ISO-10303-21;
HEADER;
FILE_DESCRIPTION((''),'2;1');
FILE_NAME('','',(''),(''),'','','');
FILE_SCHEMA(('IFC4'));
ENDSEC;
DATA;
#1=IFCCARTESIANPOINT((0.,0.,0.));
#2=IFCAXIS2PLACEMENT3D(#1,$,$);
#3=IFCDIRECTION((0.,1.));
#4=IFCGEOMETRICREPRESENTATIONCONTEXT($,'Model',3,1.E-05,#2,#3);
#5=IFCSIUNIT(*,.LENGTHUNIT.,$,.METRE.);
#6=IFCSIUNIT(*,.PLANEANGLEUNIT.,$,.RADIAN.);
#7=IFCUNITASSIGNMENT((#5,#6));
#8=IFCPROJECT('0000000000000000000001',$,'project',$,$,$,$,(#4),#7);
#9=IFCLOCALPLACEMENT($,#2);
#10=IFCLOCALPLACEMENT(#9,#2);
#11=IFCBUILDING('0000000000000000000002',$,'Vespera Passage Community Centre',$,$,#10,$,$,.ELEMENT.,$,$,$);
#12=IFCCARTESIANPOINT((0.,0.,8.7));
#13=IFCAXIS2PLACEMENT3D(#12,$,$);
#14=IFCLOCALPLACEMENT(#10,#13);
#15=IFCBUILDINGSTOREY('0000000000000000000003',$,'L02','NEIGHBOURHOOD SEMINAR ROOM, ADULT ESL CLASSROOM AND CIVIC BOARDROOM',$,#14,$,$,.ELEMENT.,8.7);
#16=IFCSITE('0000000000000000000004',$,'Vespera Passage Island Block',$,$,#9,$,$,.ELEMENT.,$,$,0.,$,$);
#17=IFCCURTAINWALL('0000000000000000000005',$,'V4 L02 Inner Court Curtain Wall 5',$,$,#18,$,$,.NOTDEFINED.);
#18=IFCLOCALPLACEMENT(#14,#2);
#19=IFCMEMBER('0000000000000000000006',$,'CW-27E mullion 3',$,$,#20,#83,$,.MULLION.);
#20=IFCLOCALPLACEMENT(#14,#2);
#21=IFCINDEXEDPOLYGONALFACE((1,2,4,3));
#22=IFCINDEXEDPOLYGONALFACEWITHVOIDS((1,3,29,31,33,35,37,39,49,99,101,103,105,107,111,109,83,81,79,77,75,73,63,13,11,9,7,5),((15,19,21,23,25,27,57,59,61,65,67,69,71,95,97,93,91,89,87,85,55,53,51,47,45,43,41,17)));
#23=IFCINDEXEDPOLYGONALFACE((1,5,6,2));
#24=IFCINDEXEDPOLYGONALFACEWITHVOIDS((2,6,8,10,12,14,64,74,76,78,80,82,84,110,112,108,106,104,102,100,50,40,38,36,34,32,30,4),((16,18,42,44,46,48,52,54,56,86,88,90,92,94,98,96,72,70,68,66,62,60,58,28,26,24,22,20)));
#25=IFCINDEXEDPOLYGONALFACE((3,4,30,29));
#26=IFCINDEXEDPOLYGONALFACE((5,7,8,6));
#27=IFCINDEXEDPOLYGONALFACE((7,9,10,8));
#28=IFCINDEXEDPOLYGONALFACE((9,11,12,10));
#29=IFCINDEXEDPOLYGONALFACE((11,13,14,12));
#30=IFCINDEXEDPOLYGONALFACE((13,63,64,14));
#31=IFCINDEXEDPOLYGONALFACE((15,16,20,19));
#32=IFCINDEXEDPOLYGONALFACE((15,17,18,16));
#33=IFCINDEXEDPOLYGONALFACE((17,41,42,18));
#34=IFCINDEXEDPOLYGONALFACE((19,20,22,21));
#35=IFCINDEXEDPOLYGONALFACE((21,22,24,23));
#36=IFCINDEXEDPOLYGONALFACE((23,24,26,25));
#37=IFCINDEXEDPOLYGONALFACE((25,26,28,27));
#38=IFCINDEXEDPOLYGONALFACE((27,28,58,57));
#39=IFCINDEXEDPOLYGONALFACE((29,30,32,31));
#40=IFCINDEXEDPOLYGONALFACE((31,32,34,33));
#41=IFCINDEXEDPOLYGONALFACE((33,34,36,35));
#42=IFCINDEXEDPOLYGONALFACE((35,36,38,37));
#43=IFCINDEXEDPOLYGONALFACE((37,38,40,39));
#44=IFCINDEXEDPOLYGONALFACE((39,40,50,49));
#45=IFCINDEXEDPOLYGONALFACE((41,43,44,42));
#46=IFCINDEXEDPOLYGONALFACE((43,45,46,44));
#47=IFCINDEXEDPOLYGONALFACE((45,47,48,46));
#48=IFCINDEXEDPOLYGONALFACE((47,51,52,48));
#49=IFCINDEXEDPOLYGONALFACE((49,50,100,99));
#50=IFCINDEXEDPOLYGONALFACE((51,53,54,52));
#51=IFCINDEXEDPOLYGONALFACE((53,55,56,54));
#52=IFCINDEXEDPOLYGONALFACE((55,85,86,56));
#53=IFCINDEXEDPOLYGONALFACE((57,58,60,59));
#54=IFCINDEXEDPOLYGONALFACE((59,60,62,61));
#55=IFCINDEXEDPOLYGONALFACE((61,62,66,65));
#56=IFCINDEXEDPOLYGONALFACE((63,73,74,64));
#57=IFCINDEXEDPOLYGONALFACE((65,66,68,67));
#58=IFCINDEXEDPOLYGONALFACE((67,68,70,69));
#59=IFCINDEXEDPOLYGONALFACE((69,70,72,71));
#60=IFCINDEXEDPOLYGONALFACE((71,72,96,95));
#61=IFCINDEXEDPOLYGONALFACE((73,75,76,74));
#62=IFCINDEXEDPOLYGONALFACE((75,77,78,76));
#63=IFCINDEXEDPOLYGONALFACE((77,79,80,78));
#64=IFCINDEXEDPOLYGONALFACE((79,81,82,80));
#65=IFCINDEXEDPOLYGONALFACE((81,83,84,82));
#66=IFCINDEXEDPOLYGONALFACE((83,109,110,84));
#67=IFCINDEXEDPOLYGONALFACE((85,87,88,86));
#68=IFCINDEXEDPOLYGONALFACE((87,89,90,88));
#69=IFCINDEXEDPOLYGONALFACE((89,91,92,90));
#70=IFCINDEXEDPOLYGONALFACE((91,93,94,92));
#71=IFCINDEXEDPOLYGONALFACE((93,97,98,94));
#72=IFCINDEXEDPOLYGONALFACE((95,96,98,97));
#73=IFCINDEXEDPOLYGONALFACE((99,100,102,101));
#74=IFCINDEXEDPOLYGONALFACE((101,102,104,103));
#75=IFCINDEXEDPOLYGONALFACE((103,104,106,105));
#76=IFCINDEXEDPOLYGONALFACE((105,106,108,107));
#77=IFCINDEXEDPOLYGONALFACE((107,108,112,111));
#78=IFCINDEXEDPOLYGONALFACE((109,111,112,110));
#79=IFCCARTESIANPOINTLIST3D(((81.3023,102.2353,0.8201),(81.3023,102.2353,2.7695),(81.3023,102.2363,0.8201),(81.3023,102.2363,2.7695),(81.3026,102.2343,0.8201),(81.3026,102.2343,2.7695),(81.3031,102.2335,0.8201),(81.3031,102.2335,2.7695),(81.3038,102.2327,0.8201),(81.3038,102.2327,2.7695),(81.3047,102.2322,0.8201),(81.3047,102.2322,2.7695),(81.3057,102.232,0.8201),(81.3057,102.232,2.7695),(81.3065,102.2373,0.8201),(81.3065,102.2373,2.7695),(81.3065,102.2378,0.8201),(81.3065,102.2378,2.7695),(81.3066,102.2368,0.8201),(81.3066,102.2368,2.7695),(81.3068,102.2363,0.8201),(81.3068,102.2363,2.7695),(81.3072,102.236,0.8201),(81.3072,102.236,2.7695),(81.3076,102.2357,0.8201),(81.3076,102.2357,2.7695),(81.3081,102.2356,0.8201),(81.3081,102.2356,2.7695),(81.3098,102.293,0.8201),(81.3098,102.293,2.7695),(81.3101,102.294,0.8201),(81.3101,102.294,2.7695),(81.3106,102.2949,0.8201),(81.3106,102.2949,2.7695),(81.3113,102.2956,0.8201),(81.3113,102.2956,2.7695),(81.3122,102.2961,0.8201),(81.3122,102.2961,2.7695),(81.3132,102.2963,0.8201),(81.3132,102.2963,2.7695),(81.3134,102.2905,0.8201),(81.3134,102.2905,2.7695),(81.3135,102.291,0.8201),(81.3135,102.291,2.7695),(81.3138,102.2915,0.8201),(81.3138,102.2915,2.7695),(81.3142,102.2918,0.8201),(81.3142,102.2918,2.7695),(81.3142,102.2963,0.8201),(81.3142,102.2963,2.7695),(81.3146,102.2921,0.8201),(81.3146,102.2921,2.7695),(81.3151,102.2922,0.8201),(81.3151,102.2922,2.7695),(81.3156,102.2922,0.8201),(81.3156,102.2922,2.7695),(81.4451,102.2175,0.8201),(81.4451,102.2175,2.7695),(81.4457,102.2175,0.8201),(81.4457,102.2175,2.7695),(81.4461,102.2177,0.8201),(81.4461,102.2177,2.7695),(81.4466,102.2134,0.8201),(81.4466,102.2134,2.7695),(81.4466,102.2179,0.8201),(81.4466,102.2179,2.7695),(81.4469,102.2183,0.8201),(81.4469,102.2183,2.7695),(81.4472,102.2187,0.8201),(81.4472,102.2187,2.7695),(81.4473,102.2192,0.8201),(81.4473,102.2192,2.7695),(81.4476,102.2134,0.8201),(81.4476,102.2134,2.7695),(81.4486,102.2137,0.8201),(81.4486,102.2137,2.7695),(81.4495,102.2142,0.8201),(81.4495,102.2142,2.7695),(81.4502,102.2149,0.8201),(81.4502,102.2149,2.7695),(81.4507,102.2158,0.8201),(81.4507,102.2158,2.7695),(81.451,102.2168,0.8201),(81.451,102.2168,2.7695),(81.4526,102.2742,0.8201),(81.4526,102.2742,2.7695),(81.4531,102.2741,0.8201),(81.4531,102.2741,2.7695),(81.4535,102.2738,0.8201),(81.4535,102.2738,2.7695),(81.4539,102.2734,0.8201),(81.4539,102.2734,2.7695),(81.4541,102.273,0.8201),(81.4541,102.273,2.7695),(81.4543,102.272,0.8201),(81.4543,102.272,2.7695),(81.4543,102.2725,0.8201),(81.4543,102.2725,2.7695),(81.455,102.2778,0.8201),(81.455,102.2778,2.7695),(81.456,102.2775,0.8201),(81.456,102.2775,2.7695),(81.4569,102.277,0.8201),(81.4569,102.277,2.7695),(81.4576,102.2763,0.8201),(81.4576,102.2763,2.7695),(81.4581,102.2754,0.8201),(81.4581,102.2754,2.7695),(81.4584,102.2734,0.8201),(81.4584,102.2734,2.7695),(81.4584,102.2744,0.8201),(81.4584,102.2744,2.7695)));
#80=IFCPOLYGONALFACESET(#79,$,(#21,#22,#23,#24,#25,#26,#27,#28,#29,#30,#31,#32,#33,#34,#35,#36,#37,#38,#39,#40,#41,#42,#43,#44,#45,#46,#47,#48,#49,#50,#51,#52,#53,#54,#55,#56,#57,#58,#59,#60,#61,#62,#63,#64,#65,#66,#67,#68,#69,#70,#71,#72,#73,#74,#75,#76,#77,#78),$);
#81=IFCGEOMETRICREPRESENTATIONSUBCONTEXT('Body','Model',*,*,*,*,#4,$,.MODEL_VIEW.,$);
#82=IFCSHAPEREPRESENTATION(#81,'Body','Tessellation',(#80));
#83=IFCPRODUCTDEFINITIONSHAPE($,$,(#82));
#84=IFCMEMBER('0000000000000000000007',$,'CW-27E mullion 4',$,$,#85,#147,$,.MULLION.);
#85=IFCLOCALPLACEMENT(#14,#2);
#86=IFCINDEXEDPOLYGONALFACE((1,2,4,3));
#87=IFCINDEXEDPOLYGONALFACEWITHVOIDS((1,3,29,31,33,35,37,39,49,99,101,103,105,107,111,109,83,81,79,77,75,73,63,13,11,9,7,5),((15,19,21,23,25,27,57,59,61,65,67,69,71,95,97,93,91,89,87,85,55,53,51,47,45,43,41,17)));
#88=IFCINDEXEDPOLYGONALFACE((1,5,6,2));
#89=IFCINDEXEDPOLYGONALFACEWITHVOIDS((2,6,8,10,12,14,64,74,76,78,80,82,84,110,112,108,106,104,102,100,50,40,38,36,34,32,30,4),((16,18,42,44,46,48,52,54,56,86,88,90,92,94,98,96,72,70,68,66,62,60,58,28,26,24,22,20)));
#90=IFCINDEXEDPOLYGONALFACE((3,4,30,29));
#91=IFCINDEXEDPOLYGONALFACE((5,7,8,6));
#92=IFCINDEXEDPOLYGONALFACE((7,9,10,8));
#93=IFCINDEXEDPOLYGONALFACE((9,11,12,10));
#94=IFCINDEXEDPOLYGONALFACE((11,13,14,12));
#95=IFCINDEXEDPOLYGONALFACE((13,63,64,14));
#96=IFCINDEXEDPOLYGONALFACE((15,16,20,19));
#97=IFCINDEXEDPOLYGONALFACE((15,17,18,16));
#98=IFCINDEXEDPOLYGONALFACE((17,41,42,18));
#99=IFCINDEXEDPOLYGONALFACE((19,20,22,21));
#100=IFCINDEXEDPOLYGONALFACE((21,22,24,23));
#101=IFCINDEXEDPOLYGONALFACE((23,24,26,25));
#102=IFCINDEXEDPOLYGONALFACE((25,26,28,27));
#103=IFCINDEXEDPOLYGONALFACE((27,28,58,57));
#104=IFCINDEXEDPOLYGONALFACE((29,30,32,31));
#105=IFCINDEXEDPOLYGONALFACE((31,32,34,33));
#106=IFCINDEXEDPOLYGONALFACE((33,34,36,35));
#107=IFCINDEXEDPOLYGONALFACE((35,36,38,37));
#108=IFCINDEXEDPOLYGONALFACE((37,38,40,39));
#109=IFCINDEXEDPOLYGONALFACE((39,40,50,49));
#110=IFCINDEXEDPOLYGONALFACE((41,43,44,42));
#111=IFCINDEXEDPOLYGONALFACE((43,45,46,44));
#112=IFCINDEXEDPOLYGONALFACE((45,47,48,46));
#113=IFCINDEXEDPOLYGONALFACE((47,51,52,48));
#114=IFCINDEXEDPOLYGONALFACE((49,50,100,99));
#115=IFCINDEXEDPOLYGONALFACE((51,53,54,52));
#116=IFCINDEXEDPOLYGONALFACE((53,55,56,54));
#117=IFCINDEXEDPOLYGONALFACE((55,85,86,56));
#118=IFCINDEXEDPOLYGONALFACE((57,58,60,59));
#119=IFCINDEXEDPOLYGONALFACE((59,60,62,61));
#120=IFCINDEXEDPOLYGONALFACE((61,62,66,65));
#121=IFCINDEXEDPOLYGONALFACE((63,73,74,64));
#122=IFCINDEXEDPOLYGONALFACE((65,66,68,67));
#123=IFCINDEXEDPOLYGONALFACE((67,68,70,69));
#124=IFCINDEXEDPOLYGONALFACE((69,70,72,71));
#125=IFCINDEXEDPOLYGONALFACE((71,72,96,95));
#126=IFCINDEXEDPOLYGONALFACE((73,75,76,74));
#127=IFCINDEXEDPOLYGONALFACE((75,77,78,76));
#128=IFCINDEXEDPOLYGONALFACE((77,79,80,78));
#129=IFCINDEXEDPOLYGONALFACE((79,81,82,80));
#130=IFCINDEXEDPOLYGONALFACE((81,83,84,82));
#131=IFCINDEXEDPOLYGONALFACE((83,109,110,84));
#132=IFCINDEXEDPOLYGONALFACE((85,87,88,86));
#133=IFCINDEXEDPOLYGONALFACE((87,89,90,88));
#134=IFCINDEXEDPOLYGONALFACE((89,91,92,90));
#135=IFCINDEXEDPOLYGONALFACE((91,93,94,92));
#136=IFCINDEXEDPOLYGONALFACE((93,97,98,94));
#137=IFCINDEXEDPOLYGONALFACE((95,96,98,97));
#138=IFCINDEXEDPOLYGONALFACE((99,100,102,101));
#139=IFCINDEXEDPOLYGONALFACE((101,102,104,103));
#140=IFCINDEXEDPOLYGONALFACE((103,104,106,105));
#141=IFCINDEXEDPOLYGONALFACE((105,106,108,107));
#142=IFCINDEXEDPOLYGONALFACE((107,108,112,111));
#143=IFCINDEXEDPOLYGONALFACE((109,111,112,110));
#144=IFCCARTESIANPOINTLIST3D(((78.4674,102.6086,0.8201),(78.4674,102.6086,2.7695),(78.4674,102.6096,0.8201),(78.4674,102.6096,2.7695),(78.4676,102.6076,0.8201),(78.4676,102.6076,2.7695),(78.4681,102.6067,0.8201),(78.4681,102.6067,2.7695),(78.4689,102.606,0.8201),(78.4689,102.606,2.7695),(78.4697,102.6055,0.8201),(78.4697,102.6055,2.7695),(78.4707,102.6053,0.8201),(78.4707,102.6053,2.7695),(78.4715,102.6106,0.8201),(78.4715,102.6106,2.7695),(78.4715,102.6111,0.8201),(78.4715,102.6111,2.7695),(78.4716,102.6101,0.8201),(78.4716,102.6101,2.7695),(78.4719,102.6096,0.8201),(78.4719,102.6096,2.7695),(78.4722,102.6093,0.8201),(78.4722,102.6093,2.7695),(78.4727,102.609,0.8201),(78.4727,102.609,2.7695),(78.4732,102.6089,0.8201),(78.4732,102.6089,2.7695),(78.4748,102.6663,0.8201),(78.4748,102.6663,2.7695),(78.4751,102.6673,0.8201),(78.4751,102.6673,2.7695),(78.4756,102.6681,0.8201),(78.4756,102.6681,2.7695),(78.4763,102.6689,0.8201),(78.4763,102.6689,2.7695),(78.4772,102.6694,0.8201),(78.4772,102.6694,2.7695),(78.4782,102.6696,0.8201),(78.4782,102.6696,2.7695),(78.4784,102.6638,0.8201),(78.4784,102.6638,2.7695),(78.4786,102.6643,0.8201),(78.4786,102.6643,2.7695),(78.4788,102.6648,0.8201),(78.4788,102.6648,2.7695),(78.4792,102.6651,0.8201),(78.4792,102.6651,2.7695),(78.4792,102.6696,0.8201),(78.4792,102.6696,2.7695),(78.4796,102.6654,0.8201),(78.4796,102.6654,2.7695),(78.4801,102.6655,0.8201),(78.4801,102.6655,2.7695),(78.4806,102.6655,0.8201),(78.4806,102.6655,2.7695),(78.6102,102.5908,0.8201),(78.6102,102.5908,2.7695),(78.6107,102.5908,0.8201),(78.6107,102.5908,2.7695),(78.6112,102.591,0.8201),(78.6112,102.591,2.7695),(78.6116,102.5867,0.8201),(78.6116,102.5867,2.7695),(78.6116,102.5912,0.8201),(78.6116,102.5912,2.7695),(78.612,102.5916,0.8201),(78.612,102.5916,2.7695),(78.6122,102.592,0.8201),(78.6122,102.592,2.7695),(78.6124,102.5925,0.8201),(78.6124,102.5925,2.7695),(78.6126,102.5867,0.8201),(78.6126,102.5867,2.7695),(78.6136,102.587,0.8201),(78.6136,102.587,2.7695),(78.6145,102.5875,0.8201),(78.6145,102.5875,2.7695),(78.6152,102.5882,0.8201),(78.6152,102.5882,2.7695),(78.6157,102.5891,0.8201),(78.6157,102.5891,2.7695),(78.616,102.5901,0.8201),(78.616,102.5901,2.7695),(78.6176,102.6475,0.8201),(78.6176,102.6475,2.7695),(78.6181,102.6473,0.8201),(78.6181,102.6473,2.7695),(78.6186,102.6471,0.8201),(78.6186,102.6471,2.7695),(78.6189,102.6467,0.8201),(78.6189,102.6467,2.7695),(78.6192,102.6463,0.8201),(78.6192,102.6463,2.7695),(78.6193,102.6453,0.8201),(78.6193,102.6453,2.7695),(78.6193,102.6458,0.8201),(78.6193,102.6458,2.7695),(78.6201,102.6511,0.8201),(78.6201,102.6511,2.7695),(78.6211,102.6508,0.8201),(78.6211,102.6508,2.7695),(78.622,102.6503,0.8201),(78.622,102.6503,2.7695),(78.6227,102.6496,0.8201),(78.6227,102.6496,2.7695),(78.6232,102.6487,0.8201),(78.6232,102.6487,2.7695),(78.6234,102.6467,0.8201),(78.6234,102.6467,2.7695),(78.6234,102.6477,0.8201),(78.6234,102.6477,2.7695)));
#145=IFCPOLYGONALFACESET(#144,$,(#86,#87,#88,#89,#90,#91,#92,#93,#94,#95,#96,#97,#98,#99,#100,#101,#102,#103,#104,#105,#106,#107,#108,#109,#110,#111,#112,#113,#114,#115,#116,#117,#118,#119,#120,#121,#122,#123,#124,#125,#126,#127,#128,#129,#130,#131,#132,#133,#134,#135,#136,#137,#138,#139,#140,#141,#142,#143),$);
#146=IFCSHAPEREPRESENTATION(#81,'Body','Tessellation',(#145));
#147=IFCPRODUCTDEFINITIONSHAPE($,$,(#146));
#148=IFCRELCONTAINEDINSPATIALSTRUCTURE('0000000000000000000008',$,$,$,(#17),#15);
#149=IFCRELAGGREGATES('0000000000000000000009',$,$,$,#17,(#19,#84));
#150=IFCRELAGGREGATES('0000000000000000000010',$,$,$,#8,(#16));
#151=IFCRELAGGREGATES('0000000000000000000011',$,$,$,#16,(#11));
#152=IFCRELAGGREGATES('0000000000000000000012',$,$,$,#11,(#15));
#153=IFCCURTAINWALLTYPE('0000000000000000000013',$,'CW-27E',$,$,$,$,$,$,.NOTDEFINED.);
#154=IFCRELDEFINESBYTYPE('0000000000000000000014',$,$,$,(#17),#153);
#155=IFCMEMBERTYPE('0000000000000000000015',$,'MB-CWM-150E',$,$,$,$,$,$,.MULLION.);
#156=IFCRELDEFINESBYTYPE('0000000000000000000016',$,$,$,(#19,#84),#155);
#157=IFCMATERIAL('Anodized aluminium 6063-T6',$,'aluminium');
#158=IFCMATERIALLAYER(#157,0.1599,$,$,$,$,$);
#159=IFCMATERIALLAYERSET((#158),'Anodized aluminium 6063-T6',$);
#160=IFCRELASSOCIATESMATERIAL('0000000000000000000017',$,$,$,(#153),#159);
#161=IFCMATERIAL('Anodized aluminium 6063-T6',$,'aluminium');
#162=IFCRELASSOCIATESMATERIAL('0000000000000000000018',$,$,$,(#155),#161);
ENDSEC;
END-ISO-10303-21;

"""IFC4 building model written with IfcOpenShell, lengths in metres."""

from ifc_helpers import new_model, si_unit, direction, frame, origin, origin_2d, place, context, subcontext, project, spatial, hollow_rectangle, extrude, material, layer, layer_set, material_profile, profile_set, type_object, element, aggregate, save


model = new_model("IFC4")

# Units and contexts
model_context = context("Model", 3, precision=1e-05, world=origin(), true_north=direction((0.0, 1.0)))
body_context = subcontext(model_context, "Body", "Model", "MODEL_VIEW")
ifc_project = project(units=[si_unit("LENGTHUNIT", "METRE"), si_unit("PLANEANGLEUNIT", "RADIAN")], contexts=[model_context])

# Site, building, storey
site_placement = place(None, origin())
site = spatial("IfcSite", under=ifc_project, at=site_placement, Name="Vespera Passage Island Block", CompositionType="ELEMENT", RefElevation=0.0)
building_placement = place(site_placement, origin())
building = spatial("IfcBuilding", under=site, at=building_placement, Name="Vespera Passage Community Centre", CompositionType="ELEMENT")
storey_placement = place(building_placement, frame((0.0, 0.0, 8.7)))
storey = spatial("IfcBuildingStorey", under=building, at=storey_placement, Name="L02", Description="NEIGHBOURHOOD SEMINAR ROOM, ADULT ESL CLASSROOM AND CIVIC BOARDROOM", CompositionType="ELEMENT", Elevation=8.7)

# Curtain wall, members
ifc_material_1 = material(Name="Anodized aluminium 6063-T6", Category="aluminium")
ifc_layer_1 = layer(ifc_material_1, 0.1599)
ifc_layer_set_1 = layer_set([ifc_layer_1], Name="Anodized aluminium 6063-T6")
curtain_wall_type_1 = type_object("IfcCurtainWallType", Name="CW-27E", PredefinedType="NOTDEFINED", material=ifc_layer_set_1)
curtain_wall_1_placement = place(storey_placement, origin())
curtain_wall_1 = element("IfcCurtainWall", 1, at=curtain_wall_1_placement, inside=storey, type_object=curtain_wall_type_1, Name="V4 L02 Inner Court Curtain Wall 5", PredefinedType="NOTDEFINED")
ifc_material_2 = material(Name="Anodized aluminium 6063-T6", Category="aluminium")
ifc_material_profile_1 = material_profile(ifc_material_2, hollow_rectangle(XDim=0.0649, YDim=0.1499, WallThickness=0.0039, InnerFilletRadius=0.002, OuterFilletRadius=0.0039, at=origin_2d()), Name="ALU150X65X4")
ifc_profile_set_1 = profile_set([ifc_material_profile_1], Name="Anodized aluminium 6063-T6")
member_type_1 = type_object("IfcMemberType", Name="MB-CWM-150E", PredefinedType="MULLION", material=ifc_profile_set_1)
member_1_placement = place(storey_placement, frame((81.3804, 102.2549, 0.8201), z_axis=(0.0, 0.0, 1.0), x_axis=(-0.130522, -0.991445, 0.0)))
member_1 = element("IfcMember", 2, at=member_1_placement, type_object=member_type_1, Name="CW-27E mullion 3", PredefinedType="MULLION", context=body_context, shape_type="SweptSolid", body=[
    extrude(hollow_rectangle(XDim=0.0649, YDim=0.1499, WallThickness=0.0039, InnerFilletRadius=0.002, OuterFilletRadius=0.0039, at=origin_2d()), origin(), (0.0, 0.0, 1.0), 1.9495),
])
member_2_placement = place(storey_placement, frame((78.5454, 102.6282, 0.8201), z_axis=(0.0, 0.0, 1.0), x_axis=(-0.130522, -0.991445, 0.0)))
member_2 = element("IfcMember", 3, at=member_2_placement, type_object=member_type_1, Name="CW-27E mullion 4", PredefinedType="MULLION", context=body_context, shape_type="SweptSolid", body=[
    extrude(hollow_rectangle(XDim=0.0649, YDim=0.1499, WallThickness=0.0039, InnerFilletRadius=0.002, OuterFilletRadius=0.0039, at=origin_2d()), origin(), (0.0, 0.0, 1.0), 1.9495),
])

aggregate(curtain_wall_1, [member_1, member_2])

save(model, "model.ifc")
